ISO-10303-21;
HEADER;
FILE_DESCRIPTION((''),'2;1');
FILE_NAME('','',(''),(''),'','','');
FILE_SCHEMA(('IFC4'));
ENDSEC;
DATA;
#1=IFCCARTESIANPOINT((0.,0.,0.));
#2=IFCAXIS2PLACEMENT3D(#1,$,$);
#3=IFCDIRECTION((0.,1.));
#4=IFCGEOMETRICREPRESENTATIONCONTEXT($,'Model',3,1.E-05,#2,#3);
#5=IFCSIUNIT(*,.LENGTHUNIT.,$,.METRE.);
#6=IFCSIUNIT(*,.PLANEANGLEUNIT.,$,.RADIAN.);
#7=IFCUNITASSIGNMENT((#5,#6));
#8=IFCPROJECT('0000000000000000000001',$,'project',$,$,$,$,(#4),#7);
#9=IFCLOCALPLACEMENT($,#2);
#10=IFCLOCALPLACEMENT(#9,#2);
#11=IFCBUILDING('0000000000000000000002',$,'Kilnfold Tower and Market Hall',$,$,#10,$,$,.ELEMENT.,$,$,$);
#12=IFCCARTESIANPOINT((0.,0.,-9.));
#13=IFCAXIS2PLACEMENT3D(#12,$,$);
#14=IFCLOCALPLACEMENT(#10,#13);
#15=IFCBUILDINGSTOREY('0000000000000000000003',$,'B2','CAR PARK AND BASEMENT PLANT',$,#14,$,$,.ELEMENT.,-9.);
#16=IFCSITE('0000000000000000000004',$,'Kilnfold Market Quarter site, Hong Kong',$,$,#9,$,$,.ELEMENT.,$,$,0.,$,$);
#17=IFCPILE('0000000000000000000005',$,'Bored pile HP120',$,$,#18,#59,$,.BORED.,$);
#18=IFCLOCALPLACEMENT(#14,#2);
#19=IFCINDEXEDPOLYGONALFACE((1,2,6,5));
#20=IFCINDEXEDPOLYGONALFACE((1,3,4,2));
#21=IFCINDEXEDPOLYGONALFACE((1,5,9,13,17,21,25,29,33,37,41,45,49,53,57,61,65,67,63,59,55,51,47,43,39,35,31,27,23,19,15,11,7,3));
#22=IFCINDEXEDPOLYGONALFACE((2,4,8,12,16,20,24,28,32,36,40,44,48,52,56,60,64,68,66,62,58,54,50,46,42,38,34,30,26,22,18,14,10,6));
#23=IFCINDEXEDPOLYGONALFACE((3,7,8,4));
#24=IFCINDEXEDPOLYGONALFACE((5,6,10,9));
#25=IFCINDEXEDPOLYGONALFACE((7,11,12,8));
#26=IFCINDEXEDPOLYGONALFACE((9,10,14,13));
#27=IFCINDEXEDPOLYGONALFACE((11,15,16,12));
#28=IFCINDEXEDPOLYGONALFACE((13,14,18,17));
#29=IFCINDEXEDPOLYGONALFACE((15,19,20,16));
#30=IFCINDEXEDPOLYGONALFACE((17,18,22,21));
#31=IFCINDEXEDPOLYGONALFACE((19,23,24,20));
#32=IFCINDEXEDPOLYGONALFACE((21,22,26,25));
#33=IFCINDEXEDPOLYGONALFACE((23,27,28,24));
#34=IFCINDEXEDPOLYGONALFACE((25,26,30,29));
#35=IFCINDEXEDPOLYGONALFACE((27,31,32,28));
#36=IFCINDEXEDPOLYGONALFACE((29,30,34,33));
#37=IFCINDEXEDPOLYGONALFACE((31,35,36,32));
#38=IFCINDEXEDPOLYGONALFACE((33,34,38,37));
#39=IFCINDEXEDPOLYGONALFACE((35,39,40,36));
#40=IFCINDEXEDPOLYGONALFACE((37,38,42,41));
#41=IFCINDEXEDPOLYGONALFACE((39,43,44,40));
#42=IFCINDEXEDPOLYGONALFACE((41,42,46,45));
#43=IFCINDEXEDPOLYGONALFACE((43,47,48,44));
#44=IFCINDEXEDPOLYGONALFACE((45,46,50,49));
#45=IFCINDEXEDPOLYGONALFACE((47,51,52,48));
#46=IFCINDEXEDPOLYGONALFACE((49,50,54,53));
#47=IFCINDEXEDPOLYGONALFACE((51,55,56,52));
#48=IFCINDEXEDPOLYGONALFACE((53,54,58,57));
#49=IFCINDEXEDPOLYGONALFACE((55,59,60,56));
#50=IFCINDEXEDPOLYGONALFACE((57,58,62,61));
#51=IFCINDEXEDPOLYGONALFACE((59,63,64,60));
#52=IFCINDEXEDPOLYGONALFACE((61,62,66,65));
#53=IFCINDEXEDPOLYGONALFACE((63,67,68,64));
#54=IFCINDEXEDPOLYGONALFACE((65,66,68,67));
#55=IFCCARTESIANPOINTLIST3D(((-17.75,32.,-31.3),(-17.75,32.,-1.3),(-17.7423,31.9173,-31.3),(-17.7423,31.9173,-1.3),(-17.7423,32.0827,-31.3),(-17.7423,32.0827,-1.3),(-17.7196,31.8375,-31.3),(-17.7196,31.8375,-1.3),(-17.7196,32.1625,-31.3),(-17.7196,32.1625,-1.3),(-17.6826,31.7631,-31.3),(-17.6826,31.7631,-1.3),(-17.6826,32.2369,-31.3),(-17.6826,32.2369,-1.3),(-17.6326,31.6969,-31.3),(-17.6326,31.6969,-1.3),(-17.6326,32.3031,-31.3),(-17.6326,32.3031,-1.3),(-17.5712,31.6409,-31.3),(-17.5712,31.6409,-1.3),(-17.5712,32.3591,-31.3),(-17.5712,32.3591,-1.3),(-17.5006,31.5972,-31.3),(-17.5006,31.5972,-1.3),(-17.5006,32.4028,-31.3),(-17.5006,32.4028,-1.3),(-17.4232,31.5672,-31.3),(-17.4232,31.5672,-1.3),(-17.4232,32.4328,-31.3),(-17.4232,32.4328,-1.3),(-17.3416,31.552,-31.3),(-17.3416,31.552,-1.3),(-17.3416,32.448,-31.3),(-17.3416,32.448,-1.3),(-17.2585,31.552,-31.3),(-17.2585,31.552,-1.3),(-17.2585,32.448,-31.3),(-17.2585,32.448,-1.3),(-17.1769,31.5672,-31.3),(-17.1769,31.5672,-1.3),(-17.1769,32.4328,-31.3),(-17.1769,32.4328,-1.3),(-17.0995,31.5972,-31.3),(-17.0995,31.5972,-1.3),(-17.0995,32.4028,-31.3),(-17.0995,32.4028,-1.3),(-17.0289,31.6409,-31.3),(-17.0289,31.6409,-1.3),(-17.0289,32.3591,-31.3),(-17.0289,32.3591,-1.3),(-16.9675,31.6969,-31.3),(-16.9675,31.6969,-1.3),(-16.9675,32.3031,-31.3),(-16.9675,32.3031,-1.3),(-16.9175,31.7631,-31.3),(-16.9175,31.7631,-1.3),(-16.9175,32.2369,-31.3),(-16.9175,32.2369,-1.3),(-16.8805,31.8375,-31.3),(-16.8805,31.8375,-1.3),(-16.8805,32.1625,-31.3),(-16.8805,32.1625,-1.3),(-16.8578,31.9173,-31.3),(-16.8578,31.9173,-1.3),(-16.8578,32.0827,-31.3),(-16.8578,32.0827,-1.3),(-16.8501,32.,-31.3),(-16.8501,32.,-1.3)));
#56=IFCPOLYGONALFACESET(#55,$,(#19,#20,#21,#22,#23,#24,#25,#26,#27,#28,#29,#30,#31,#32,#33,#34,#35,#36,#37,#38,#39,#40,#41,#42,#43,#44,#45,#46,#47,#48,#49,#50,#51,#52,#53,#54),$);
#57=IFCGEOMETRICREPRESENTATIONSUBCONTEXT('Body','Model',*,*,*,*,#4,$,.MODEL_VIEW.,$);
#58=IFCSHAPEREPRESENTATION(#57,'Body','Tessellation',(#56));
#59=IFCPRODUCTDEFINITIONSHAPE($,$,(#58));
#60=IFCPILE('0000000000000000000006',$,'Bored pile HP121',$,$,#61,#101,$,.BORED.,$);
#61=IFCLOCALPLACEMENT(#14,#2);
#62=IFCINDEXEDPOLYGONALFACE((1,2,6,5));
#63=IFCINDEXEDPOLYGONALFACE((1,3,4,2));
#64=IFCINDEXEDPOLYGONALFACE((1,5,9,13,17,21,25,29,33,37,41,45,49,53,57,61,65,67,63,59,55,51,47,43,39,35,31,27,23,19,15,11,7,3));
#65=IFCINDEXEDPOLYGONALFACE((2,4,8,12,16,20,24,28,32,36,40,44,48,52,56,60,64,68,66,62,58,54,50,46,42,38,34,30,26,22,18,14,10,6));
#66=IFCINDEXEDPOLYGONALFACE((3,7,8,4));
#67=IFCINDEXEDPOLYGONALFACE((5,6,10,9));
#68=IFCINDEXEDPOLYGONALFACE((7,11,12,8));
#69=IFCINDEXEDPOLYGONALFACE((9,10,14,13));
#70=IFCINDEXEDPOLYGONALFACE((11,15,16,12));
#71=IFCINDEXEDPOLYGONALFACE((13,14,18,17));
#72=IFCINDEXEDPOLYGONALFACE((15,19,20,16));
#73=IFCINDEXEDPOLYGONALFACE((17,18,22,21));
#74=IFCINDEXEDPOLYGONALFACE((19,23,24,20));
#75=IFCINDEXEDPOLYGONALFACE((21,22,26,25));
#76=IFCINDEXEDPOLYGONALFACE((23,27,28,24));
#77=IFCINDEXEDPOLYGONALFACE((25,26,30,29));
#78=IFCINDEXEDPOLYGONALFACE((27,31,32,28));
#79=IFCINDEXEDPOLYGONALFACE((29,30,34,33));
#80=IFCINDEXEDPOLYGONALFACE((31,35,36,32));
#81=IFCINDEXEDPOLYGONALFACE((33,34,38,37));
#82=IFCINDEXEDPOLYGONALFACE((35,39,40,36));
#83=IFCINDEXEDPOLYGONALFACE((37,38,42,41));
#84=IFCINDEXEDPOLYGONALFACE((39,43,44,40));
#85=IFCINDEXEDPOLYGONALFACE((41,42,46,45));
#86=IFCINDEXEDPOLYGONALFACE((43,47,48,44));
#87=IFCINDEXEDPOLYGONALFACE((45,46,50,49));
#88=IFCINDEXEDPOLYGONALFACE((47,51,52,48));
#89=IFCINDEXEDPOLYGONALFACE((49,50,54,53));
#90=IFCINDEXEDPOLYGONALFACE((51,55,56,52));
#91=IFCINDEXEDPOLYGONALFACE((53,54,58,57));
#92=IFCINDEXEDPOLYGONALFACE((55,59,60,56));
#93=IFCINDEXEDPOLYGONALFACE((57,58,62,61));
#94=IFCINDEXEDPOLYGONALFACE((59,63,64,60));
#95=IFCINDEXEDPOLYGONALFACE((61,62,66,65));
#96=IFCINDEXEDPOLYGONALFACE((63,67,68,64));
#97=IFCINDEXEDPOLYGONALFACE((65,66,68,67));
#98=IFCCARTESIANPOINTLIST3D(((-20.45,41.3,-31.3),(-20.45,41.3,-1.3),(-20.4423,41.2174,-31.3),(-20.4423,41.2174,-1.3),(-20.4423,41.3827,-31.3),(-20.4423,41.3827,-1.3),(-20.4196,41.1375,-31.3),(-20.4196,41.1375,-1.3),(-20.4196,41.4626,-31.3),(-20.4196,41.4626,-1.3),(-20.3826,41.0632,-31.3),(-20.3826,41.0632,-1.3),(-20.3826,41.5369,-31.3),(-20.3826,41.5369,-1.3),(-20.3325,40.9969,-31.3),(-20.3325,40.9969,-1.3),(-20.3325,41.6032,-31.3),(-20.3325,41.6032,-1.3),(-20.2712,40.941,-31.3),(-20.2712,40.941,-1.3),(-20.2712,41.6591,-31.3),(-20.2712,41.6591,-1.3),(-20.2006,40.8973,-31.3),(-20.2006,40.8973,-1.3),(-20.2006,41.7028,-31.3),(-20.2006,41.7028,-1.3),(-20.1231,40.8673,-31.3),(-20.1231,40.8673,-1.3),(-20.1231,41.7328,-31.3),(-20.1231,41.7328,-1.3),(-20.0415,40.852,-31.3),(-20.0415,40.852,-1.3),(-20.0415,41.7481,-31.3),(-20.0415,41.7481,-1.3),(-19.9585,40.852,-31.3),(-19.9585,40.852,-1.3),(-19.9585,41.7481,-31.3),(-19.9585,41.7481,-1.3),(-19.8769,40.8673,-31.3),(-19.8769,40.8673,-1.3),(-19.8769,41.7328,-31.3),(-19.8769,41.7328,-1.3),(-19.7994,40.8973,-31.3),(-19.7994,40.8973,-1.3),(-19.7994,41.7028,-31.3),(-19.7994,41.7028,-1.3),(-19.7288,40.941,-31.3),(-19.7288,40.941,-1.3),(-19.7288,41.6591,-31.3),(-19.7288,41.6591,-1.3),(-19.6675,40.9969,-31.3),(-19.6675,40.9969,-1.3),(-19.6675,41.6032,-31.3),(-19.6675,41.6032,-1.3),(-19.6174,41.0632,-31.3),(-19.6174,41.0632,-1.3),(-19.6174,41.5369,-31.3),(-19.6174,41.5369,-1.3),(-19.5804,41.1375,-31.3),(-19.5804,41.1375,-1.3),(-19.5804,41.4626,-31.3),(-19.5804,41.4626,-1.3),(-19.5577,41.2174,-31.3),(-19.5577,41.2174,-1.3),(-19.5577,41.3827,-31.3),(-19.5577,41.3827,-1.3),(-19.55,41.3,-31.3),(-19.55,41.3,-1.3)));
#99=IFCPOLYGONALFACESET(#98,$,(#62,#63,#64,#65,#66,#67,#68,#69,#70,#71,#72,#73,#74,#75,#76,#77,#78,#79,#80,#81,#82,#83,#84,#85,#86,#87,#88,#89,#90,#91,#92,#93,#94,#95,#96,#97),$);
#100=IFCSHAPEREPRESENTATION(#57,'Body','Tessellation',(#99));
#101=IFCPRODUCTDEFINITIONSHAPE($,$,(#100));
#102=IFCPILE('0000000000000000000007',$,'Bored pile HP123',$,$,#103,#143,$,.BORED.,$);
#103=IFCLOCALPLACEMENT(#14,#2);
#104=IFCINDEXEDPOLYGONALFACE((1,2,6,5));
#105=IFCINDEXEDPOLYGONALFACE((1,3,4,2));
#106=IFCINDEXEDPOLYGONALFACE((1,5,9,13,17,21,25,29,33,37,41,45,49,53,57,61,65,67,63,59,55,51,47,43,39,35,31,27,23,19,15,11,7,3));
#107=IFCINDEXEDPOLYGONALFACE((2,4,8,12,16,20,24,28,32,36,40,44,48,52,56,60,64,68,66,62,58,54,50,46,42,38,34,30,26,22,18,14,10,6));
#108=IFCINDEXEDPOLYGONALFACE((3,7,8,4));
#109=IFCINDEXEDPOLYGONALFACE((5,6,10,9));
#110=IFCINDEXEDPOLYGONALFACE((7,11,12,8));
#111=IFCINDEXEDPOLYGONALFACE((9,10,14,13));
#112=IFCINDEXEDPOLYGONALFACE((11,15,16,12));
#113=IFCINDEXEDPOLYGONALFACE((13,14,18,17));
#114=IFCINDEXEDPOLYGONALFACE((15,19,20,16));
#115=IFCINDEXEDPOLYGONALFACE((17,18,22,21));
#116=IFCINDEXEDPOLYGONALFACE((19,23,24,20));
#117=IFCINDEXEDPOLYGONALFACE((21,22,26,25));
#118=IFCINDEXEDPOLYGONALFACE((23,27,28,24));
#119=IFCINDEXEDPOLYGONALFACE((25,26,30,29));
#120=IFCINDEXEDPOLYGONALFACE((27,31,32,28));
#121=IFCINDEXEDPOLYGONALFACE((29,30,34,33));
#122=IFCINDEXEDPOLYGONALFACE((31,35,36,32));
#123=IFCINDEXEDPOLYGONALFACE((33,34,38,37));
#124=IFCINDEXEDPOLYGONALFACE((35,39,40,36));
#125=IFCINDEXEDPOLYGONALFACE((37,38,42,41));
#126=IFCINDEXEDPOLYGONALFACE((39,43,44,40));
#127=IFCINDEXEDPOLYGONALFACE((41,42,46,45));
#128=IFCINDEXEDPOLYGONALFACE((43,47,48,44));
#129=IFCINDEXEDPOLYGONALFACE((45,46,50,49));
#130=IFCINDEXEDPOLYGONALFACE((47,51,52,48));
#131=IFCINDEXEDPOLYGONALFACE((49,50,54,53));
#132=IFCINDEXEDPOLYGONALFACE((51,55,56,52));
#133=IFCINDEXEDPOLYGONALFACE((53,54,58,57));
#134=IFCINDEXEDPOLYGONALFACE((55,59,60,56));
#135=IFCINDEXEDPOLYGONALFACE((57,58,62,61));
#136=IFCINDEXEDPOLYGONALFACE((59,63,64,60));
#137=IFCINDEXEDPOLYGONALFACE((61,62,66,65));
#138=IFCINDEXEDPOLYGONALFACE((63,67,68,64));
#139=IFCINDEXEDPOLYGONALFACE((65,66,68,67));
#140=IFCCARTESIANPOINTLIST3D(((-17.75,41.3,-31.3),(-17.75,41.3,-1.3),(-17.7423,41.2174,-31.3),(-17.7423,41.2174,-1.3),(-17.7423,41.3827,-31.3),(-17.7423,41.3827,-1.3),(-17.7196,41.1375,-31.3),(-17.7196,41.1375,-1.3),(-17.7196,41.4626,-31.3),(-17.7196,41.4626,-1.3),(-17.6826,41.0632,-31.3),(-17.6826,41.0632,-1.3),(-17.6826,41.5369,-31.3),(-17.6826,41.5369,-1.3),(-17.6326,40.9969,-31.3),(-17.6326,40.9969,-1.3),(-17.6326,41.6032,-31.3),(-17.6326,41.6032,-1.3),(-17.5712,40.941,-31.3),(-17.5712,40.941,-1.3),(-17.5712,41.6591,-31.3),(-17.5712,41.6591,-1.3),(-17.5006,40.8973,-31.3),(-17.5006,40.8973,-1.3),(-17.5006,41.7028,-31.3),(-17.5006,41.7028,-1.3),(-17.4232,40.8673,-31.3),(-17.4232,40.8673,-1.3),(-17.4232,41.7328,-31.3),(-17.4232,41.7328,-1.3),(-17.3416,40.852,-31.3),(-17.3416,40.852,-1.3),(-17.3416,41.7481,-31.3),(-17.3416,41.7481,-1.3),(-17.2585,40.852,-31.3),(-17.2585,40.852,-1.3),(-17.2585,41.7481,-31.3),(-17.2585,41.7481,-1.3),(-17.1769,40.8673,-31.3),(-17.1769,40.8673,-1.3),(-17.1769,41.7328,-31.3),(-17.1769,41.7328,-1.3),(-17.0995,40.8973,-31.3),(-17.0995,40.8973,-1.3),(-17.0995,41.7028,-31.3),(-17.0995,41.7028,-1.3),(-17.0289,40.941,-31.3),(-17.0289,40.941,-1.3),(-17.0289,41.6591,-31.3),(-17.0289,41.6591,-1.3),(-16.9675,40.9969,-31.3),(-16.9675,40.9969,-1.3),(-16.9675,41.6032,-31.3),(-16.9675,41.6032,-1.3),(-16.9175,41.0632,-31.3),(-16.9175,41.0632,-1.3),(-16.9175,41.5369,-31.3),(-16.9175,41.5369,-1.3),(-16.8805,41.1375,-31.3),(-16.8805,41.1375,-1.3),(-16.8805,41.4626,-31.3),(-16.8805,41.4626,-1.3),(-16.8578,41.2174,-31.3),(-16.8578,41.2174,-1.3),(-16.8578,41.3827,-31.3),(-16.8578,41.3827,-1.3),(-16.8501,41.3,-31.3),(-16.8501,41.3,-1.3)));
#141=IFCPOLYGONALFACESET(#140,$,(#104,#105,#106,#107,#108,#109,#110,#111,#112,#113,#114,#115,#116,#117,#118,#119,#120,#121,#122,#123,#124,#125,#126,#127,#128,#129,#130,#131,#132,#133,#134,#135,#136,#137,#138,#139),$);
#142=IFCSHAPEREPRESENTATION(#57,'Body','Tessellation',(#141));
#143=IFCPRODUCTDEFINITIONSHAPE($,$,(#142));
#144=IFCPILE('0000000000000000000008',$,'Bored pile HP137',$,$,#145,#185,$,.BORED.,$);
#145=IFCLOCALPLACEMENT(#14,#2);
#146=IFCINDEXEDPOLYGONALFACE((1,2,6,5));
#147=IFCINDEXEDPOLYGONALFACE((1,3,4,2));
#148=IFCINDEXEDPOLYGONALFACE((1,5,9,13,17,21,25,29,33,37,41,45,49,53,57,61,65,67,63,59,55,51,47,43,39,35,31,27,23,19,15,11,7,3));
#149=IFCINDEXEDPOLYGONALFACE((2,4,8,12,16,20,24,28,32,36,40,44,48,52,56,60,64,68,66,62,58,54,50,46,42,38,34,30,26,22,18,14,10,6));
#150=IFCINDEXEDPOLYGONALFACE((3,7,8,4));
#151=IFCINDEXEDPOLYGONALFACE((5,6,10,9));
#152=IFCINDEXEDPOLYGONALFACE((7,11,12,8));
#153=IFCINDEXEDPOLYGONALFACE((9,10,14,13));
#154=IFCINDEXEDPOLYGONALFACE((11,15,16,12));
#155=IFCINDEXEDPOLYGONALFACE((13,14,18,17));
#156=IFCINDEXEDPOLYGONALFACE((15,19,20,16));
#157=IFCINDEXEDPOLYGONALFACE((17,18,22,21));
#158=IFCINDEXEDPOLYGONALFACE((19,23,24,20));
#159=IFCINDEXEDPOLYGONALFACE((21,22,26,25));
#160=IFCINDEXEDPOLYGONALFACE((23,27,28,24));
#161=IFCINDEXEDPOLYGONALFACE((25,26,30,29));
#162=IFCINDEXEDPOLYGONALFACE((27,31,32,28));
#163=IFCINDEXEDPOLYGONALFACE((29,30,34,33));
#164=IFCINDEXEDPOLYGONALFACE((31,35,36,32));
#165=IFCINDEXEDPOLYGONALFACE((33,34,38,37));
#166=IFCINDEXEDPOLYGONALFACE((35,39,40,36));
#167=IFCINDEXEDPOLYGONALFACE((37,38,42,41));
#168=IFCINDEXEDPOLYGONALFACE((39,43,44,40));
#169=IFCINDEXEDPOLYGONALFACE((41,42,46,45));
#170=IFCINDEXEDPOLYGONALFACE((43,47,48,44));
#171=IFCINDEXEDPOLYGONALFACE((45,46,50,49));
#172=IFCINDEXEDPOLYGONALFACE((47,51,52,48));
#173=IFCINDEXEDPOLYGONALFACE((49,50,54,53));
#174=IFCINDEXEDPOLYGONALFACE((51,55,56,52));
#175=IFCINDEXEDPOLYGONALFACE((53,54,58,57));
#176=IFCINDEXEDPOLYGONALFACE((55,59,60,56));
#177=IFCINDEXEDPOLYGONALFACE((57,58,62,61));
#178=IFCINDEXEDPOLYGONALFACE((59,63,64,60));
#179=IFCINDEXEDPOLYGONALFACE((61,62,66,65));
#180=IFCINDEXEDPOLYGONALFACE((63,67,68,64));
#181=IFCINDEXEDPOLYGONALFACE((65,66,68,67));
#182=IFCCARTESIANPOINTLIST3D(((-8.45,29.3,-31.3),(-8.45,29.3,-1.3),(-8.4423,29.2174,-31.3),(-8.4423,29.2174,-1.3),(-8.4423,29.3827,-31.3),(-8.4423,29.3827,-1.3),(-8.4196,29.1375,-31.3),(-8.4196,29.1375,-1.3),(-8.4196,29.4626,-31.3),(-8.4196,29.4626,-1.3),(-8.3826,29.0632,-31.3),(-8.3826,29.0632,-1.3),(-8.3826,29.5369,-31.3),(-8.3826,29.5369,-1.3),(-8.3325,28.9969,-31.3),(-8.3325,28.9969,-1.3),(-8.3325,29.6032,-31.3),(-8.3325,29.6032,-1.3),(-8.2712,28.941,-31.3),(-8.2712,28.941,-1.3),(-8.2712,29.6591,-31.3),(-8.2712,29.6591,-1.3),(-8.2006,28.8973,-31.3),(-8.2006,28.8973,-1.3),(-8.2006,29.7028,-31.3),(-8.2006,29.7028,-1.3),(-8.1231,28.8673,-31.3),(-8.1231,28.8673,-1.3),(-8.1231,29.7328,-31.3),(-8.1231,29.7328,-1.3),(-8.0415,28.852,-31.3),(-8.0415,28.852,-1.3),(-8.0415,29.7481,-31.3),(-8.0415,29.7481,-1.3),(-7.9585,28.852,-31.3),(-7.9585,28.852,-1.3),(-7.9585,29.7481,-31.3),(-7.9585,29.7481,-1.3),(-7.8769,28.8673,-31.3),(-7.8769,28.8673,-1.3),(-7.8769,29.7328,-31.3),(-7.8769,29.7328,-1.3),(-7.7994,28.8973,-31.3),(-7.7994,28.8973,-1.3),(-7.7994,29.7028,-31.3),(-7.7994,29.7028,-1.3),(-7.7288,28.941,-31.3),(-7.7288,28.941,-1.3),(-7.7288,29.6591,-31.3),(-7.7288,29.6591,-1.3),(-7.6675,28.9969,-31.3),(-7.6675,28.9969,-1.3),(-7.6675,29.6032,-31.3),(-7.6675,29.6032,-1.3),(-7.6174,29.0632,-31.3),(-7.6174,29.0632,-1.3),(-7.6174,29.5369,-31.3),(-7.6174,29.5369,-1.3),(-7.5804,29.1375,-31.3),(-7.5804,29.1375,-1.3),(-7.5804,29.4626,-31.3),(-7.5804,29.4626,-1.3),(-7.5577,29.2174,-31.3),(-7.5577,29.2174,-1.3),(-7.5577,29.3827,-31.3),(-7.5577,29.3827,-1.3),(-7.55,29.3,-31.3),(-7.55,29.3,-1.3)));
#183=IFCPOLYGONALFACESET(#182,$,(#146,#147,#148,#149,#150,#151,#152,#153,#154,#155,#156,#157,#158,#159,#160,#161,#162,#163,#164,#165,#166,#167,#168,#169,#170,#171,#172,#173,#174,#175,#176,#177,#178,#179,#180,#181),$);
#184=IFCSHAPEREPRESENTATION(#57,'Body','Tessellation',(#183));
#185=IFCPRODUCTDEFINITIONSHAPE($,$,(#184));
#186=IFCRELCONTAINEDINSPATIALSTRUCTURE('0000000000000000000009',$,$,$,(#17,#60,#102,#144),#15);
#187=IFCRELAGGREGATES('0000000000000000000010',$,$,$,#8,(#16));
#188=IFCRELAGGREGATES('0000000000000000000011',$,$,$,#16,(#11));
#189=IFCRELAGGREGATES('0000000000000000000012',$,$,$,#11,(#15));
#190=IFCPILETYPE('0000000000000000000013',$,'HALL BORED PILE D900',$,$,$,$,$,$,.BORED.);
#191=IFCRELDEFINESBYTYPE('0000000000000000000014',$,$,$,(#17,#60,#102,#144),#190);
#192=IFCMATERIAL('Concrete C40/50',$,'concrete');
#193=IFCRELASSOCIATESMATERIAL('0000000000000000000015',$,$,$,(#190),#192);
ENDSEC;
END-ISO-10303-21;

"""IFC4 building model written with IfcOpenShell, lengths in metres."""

from ifc_helpers import new_model, si_unit, direction, frame, origin, origin_2d, place, context, subcontext, project, spatial, circle, extrude, source, transform, mapped, material, material_profile, profile_set, type_object, element, save


model = new_model("IFC4")

# Units and contexts
model_context = context("Model", 3, precision=1e-05, world=origin(), true_north=direction((0.0, 1.0)))
body_context = subcontext(model_context, "Body", "Model", "MODEL_VIEW")
ifc_project = project(units=[si_unit("LENGTHUNIT", "METRE"), si_unit("PLANEANGLEUNIT", "RADIAN")], contexts=[model_context])

# Site, building, storey
site_placement = place(None, origin())
site = spatial("IfcSite", under=ifc_project, at=site_placement, Name="Kilnfold Market Quarter site, Hong Kong", CompositionType="ELEMENT", RefElevation=0.0)
building_placement = place(site_placement, origin())
building = spatial("IfcBuilding", under=site, at=building_placement, Name="Kilnfold Tower and Market Hall", CompositionType="ELEMENT")
storey_placement = place(building_placement, frame((0.0, 0.0, -9.0)))
storey = spatial("IfcBuildingStorey", under=building, at=storey_placement, Name="B2", Description="CAR PARK AND BASEMENT PLANT", CompositionType="ELEMENT", Elevation=-9.0)

# Piles
ifc_material_1 = material(Name="Concrete C40/50", Category="concrete")
ifc_material_profile_1 = material_profile(ifc_material_1, circle(Radius=0.45, at=origin_2d()), Name="D900")
ifc_profile_set_1 = profile_set([ifc_material_profile_1], Name="Concrete C40/50")
pile_type = type_object("IfcPileType", Name="HALL BORED PILE D900", PredefinedType="BORED", material=ifc_profile_set_1)
shared_shape_1 = source(origin(), body_context, "Body", "SweptSolid", [
    extrude(circle(Radius=0.45, at=origin_2d()), origin(), (0.0, 0.0, 1.0), 30.0),
])
for number, where, z_axis, x_axis, name in (
    (1, (-17.3, 32.0, -1.3), (0.0, 0.0, -1.0), (1.0, 0.0, 0.0), "Bored pile HP120"),
    (2, (-20.0, 41.3, -1.3), (0.0, 0.0, -1.0), (1.0, 0.0, 0.0), "Bored pile HP121"),
    (3, (-17.3, 41.3, -1.3), (0.0, 0.0, -1.0), (1.0, 0.0, 0.0), "Bored pile HP123"),
    (4, (-8.0, 29.3, -1.3), (0.0, 0.0, -1.0), (1.0, 0.0, 0.0), "Bored pile HP137"),
):
    element("IfcPile", number, at=place(storey_placement, frame(where, z_axis=z_axis, x_axis=x_axis)), inside=storey, type_object=pile_type, Name=name, PredefinedType="BORED", context=body_context, shape_type="MappedRepresentation", body=[
        mapped(shared_shape_1, transform((0.0, 0.0, 0.0))),
    ])

save(model, "model.ifc")
